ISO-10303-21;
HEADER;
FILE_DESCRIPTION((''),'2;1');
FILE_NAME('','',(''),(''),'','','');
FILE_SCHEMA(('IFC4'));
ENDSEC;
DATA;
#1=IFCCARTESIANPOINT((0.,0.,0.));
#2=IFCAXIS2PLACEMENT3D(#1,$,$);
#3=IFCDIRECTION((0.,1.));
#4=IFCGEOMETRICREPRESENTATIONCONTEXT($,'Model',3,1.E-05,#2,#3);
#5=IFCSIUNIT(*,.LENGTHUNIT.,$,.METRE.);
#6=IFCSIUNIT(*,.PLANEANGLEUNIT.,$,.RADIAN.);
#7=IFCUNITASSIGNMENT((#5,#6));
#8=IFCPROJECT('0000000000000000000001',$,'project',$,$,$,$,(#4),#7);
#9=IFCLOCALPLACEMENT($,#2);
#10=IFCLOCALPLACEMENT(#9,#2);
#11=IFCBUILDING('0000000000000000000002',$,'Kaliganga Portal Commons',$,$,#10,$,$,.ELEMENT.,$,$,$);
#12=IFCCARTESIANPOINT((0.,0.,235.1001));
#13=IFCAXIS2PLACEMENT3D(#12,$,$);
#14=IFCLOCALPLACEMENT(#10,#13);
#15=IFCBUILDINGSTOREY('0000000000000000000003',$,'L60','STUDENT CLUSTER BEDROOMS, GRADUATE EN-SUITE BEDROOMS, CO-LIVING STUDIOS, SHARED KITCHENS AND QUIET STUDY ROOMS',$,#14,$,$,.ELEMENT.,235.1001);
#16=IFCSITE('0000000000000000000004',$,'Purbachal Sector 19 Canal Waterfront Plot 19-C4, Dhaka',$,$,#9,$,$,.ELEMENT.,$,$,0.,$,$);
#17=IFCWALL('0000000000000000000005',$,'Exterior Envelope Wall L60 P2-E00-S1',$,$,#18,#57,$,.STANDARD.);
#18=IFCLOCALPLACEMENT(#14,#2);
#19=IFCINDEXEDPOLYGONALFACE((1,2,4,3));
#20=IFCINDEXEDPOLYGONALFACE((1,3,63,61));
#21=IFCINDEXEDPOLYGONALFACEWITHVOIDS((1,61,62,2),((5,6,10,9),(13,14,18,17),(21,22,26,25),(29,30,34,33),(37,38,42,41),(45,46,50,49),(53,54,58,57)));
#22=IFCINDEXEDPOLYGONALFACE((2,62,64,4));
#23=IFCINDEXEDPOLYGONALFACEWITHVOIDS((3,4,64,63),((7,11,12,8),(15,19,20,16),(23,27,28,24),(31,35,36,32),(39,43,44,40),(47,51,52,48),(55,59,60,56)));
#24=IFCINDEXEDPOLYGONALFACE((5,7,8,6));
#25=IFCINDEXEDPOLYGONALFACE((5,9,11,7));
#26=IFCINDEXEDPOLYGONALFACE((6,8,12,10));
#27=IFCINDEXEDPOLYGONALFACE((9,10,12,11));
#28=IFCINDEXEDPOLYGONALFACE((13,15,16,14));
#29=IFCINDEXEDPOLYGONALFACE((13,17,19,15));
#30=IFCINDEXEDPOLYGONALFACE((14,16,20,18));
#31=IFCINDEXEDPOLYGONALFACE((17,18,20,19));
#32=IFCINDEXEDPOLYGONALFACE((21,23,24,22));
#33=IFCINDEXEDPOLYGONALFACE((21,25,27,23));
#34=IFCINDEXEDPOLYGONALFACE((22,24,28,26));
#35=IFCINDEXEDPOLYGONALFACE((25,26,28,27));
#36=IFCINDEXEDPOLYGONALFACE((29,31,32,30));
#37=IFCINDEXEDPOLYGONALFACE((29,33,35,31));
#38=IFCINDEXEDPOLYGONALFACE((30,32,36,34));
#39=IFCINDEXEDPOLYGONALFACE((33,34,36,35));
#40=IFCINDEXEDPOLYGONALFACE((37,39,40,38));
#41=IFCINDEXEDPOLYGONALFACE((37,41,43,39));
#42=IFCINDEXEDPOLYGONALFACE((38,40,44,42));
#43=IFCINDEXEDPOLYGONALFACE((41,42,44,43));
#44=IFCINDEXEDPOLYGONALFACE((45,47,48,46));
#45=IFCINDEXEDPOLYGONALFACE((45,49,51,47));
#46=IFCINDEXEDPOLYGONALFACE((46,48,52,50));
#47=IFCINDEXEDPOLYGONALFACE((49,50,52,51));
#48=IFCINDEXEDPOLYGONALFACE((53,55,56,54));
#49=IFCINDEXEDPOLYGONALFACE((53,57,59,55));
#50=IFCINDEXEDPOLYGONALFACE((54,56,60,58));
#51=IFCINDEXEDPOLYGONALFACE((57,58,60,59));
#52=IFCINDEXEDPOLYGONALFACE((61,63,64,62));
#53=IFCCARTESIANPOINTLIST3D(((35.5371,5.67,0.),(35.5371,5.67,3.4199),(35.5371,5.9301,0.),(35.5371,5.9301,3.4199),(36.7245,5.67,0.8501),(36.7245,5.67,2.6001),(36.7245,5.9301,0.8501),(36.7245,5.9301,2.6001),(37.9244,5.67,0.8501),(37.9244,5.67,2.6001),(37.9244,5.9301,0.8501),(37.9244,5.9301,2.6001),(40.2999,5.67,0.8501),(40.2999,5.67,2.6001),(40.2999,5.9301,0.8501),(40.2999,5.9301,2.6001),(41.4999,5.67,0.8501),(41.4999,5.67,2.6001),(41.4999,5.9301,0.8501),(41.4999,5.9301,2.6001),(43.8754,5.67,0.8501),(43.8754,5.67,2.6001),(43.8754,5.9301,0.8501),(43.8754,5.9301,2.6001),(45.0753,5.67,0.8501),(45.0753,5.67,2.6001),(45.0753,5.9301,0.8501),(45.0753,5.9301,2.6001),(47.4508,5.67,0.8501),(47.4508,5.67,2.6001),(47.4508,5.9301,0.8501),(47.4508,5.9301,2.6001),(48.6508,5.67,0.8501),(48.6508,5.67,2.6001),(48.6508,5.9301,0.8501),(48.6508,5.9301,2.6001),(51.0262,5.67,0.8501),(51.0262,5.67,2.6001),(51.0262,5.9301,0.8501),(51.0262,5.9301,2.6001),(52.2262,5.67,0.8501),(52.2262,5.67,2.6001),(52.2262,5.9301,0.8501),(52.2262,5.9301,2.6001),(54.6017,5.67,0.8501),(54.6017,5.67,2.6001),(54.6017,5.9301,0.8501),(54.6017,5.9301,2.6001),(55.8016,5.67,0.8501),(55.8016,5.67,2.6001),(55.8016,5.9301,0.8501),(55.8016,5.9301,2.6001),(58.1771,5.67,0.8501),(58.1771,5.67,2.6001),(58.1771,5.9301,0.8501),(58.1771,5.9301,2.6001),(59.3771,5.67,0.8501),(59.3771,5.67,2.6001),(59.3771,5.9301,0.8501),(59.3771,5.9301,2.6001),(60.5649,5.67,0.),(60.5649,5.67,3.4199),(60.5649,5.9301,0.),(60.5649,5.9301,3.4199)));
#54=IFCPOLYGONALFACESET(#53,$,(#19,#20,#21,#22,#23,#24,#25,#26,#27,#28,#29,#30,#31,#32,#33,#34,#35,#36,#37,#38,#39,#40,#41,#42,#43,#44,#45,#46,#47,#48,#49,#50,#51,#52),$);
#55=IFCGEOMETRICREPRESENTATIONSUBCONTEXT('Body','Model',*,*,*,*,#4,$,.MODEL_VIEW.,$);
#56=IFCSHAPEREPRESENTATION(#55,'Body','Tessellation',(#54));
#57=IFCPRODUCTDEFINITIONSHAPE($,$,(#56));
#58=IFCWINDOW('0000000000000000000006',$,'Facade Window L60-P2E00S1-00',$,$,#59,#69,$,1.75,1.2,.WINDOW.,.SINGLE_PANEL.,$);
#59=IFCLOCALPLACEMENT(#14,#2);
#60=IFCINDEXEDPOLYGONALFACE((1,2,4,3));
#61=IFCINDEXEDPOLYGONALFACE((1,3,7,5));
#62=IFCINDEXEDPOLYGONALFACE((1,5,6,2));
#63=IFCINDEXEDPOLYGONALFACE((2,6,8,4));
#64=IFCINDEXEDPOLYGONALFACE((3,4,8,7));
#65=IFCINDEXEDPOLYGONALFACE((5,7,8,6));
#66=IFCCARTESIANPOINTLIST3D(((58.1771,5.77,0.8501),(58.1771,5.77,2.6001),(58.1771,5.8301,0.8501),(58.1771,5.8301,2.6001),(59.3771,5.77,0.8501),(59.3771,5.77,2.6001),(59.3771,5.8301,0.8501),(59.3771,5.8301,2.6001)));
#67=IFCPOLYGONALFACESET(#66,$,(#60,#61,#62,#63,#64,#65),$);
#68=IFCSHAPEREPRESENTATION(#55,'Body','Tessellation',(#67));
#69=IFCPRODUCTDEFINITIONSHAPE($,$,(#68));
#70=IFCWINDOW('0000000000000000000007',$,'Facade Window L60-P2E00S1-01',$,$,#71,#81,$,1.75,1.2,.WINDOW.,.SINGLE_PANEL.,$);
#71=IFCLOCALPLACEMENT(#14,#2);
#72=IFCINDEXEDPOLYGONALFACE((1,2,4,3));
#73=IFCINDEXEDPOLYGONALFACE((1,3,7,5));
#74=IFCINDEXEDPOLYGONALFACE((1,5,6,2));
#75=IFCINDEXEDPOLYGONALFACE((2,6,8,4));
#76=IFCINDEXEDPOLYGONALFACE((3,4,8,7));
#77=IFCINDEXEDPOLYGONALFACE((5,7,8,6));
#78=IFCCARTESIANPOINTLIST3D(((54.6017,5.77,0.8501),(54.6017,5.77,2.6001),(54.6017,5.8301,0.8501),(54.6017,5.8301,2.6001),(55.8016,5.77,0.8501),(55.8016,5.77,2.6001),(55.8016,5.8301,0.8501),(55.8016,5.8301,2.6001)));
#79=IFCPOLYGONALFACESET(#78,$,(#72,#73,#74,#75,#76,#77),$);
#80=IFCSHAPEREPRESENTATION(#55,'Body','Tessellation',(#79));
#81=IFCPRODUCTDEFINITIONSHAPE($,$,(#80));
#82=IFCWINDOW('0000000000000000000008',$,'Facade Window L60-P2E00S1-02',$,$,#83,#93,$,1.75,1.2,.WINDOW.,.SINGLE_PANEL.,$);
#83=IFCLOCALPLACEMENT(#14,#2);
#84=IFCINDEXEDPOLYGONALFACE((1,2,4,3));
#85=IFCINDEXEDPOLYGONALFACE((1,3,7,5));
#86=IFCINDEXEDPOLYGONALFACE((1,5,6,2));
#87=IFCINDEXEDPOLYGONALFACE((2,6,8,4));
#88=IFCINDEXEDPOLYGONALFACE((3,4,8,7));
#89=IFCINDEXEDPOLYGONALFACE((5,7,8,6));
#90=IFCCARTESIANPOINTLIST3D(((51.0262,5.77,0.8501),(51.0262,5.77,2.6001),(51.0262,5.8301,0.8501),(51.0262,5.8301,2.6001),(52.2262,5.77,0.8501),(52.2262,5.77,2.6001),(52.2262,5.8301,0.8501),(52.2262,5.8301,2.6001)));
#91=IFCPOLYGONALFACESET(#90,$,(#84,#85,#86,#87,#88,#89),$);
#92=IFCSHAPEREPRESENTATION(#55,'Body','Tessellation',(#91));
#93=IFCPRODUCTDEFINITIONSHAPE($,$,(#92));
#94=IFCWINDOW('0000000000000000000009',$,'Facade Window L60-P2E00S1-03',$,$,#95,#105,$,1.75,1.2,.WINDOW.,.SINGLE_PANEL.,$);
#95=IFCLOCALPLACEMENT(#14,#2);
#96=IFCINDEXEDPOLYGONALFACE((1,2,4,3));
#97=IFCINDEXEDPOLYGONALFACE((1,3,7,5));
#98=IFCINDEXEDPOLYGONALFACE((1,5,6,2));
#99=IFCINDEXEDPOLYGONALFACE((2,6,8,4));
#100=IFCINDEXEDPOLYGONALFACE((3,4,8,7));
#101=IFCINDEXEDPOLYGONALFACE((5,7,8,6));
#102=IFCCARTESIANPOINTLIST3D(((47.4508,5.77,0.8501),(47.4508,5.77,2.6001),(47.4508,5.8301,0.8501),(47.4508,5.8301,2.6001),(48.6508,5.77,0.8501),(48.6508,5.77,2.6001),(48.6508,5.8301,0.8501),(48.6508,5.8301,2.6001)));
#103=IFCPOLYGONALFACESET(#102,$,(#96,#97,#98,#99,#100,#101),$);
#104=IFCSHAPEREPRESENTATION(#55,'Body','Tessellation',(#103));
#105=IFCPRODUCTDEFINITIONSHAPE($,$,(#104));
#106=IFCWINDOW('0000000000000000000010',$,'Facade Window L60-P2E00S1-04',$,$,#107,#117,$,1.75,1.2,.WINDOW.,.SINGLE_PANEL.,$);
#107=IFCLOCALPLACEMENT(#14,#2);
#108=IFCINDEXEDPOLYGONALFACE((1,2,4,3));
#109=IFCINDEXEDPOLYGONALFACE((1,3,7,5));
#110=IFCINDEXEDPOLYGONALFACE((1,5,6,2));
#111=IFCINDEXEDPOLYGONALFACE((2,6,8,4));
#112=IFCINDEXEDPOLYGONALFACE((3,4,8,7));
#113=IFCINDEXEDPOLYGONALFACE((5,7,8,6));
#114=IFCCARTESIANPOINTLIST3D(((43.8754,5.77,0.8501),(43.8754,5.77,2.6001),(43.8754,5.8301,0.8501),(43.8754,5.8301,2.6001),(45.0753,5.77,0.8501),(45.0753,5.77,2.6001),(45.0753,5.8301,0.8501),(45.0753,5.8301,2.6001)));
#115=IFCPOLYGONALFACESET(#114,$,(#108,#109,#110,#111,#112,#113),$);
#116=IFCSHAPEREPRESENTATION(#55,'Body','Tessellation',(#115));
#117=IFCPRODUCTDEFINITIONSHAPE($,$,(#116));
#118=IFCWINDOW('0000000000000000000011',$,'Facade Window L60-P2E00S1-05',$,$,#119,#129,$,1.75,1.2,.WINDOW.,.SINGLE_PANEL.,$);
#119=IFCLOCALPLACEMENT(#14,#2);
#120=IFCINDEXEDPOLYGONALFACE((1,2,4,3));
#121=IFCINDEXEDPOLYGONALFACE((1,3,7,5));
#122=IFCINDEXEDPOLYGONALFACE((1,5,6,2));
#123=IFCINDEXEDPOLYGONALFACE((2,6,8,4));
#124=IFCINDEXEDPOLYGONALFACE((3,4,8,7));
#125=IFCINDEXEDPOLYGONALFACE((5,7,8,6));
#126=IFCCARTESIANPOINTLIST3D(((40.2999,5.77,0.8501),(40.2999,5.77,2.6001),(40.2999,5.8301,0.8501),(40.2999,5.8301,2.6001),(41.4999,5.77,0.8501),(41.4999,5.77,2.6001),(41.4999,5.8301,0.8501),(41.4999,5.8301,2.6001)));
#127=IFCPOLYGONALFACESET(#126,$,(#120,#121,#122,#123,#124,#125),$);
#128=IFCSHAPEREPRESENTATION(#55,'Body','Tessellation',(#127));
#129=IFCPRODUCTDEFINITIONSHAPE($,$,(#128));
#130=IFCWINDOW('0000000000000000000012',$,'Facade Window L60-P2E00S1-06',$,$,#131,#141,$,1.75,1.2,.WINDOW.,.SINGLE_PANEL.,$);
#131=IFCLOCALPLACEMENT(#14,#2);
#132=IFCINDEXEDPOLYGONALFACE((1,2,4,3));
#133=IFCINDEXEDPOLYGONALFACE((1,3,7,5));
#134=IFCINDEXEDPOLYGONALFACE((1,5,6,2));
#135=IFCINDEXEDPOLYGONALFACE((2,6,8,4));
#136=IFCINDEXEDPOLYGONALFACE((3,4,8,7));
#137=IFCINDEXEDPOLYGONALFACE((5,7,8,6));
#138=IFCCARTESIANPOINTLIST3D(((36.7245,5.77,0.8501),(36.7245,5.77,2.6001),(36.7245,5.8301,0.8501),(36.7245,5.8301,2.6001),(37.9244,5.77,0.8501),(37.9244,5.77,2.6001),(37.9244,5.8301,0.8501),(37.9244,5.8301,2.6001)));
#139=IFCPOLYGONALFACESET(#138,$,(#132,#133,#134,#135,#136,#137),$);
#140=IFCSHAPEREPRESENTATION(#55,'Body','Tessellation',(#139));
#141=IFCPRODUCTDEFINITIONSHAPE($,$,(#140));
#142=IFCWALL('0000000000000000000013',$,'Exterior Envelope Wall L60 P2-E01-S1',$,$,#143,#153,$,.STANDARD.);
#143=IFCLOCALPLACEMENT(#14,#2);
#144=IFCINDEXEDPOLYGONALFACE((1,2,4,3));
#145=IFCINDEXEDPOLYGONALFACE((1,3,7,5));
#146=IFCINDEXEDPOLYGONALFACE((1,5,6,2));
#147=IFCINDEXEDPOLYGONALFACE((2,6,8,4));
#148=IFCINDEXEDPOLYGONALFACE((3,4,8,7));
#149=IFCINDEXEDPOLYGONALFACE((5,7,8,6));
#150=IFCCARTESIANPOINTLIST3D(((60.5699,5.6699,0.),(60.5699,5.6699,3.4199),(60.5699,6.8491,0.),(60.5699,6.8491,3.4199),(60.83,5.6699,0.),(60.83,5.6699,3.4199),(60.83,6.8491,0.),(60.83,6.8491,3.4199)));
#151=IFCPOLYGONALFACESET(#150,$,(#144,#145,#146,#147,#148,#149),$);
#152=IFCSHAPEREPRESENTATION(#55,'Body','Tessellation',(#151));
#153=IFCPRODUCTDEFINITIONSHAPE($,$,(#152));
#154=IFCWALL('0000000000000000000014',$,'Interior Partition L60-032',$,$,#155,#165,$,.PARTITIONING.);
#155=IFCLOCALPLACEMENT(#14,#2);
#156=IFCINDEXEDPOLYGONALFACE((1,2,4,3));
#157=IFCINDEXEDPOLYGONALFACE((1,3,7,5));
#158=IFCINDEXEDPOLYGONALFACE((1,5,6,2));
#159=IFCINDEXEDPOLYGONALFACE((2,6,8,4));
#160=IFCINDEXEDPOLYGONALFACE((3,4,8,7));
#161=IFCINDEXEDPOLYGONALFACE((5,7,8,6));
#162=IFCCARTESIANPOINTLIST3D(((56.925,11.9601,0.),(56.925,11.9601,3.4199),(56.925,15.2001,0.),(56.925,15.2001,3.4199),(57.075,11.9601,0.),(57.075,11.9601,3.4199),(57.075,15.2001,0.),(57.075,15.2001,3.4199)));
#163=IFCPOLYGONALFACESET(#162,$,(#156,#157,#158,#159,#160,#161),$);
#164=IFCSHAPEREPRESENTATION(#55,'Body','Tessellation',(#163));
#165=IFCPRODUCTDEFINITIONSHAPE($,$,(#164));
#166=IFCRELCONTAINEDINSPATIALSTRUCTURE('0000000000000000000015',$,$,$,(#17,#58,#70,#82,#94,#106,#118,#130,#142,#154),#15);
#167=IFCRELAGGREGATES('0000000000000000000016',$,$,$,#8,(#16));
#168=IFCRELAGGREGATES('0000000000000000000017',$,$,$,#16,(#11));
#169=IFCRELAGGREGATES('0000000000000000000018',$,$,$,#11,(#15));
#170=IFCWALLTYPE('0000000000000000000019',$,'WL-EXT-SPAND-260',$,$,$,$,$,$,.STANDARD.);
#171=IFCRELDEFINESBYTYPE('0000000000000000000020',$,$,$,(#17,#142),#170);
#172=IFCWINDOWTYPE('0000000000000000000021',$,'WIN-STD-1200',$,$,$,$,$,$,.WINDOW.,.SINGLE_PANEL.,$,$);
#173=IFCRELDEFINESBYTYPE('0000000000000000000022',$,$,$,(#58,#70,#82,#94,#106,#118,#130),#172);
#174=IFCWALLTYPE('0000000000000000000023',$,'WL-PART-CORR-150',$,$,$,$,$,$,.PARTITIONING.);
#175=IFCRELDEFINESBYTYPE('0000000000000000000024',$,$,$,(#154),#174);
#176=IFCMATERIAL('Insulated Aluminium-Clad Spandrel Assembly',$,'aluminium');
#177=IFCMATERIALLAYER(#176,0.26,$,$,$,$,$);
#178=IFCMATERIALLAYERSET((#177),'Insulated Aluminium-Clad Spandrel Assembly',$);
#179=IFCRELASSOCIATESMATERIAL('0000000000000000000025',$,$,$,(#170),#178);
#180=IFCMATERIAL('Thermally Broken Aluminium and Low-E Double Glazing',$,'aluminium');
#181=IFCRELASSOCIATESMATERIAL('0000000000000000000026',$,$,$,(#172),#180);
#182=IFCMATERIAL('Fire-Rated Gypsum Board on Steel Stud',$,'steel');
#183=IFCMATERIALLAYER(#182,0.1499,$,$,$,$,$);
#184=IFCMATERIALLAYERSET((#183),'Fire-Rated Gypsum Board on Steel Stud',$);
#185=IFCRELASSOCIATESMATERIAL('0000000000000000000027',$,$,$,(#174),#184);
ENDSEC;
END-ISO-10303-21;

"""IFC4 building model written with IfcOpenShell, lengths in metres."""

from ifc_helpers import new_model, si_unit, direction, frame, frame_2d, origin, place, context, subcontext, project, spatial, rectangle, extrude, material, layer, layer_set, type_object, element, fill, save


model = new_model("IFC4")

# Units and contexts
model_context = context("Model", 3, precision=1e-05, world=origin(), true_north=direction((0.0, 1.0)))
body_context = subcontext(model_context, "Body", "Model", "MODEL_VIEW")
ifc_project = project(units=[si_unit("LENGTHUNIT", "METRE"), si_unit("PLANEANGLEUNIT", "RADIAN")], contexts=[model_context])

# Site, building, storey
site_placement = place(None, origin())
site = spatial("IfcSite", under=ifc_project, at=site_placement, Name="Purbachal Sector 19 Canal Waterfront Plot 19-C4, Dhaka", CompositionType="ELEMENT", RefElevation=0.0)
building_placement = place(site_placement, origin())
building = spatial("IfcBuilding", under=site, at=building_placement, Name="Kaliganga Portal Commons", CompositionType="ELEMENT")
storey_placement = place(building_placement, frame((0.0, 0.0, 235.1001)))
storey = spatial("IfcBuildingStorey", under=building, at=storey_placement, Name="L60", Description="STUDENT CLUSTER BEDROOMS, GRADUATE EN-SUITE BEDROOMS, CO-LIVING STUDIOS, SHARED KITCHENS AND QUIET STUDY ROOMS", CompositionType="ELEMENT", Elevation=235.1001)

# Wall, openings, windows
ifc_material_1 = material(Name="Insulated Aluminium-Clad Spandrel Assembly", Category="aluminium")
ifc_layer_1 = layer(ifc_material_1, 0.26)
ifc_layer_set_1 = layer_set([ifc_layer_1], Name="Insulated Aluminium-Clad Spandrel Assembly")
wall_type_1 = type_object("IfcWallType", Name="WL-EXT-SPAND-260", PredefinedType="STANDARD", material=ifc_layer_set_1)
wall_1_placement = place(storey_placement, frame((60.5649, 5.8, 0.0), z_axis=(0.0, 0.0, 1.0), x_axis=(-1.0, 0.0, 0.0)))
wall_1 = element("IfcWall", 1, at=wall_1_placement, inside=storey, type_object=wall_type_1, Name="Exterior Envelope Wall L60 P2-E00-S1", PredefinedType="STANDARD", context=body_context, shape_type="SweptSolid", body=[
    extrude(rectangle(XDim=25.0278, YDim=0.26, at=frame_2d((12.5139, 0.0))), origin(), (0.0, 0.0, 1.0), 3.4199),
])
opening_1_placement = place(wall_1_placement, frame((1.1877, 0.0, 0.8501)))
opening_1 = element("IfcOpeningElement", 2, at=opening_1_placement, cuts=wall_1, PredefinedType="OPENING", context=body_context, shape_type="SweptSolid", body=[
    extrude(rectangle(XDim=1.2, YDim=1.75, at=frame_2d((0.6001, 0.875))), frame((0.0, 0.1401, 0.0), z_axis=(0.0, -1.0, 0.0), x_axis=(1.0, 0.0, 0.0)), (0.0, 0.0, 1.0), 0.28),
])
opening_2_placement = place(wall_1_placement, frame((4.7632, 0.0, 0.8501)))
opening_2 = element("IfcOpeningElement", 3, at=opening_2_placement, cuts=wall_1, PredefinedType="OPENING", context=body_context, shape_type="SweptSolid", body=[
    extrude(rectangle(XDim=1.2, YDim=1.75, at=frame_2d((0.6001, 0.875))), frame((0.0, 0.1401, 0.0), z_axis=(0.0, -1.0, 0.0), x_axis=(1.0, 0.0, 0.0)), (0.0, 0.0, 1.0), 0.28),
])
opening_3_placement = place(wall_1_placement, frame((8.3386, 0.0, 0.8501)))
opening_3 = element("IfcOpeningElement", 4, at=opening_3_placement, cuts=wall_1, PredefinedType="OPENING", context=body_context, shape_type="SweptSolid", body=[
    extrude(rectangle(XDim=1.2, YDim=1.75, at=frame_2d((0.6001, 0.875))), frame((0.0, 0.1401, 0.0), z_axis=(0.0, -1.0, 0.0), x_axis=(1.0, 0.0, 0.0)), (0.0, 0.0, 1.0), 0.28),
])
opening_4_placement = place(wall_1_placement, frame((11.9141, 0.0, 0.8501)))
opening_4 = element("IfcOpeningElement", 5, at=opening_4_placement, cuts=wall_1, PredefinedType="OPENING", context=body_context, shape_type="SweptSolid", body=[
    extrude(rectangle(XDim=1.2, YDim=1.75, at=frame_2d((0.6001, 0.875))), frame((0.0, 0.1401, 0.0), z_axis=(0.0, -1.0, 0.0), x_axis=(1.0, 0.0, 0.0)), (0.0, 0.0, 1.0), 0.28),
])
opening_5_placement = place(wall_1_placement, frame((15.4895, 0.0, 0.8501)))
opening_5 = element("IfcOpeningElement", 6, at=opening_5_placement, cuts=wall_1, PredefinedType="OPENING", context=body_context, shape_type="SweptSolid", body=[
    extrude(rectangle(XDim=1.2, YDim=1.75, at=frame_2d((0.6001, 0.875))), frame((0.0, 0.1401, 0.0), z_axis=(0.0, -1.0, 0.0), x_axis=(1.0, 0.0, 0.0)), (0.0, 0.0, 1.0), 0.28),
])
opening_6_placement = place(wall_1_placement, frame((19.0649, 0.0, 0.8501)))
opening_6 = element("IfcOpeningElement", 7, at=opening_6_placement, cuts=wall_1, PredefinedType="OPENING", context=body_context, shape_type="SweptSolid", body=[
    extrude(rectangle(XDim=1.2, YDim=1.75, at=frame_2d((0.6001, 0.875))), frame((0.0, 0.1401, 0.0), z_axis=(0.0, -1.0, 0.0), x_axis=(1.0, 0.0, 0.0)), (0.0, 0.0, 1.0), 0.28),
])
opening_7_placement = place(wall_1_placement, frame((22.6404, 0.0, 0.8501)))
opening_7 = element("IfcOpeningElement", 8, at=opening_7_placement, cuts=wall_1, PredefinedType="OPENING", context=body_context, shape_type="SweptSolid", body=[
    extrude(rectangle(XDim=1.2, YDim=1.75, at=frame_2d((0.6001, 0.875))), frame((0.0, 0.1401, 0.0), z_axis=(0.0, -1.0, 0.0), x_axis=(1.0, 0.0, 0.0)), (0.0, 0.0, 1.0), 0.28),
])
ifc_material_2 = material(Name="Thermally Broken Aluminium and Low-E Double Glazing", Category="aluminium")
window_type = type_object("IfcWindowType", Name="WIN-STD-1200", PartitioningType="SINGLE_PANEL", PredefinedType="WINDOW", material=ifc_material_2)
window_1_placement = place(opening_1_placement, origin())
window_1 = element("IfcWindow", 9, at=window_1_placement, inside=storey, type_object=window_type, Name="Facade Window L60-P2E00S1-00", OverallHeight=1.75, OverallWidth=1.2, PartitioningType="SINGLE_PANEL", PredefinedType="WINDOW", context=body_context, shape_type="SweptSolid", body=[
    extrude(rectangle(XDim=1.2, YDim=1.75, at=frame_2d((0.6001, 0.875))), frame((0.0, 0.03, 0.0), z_axis=(0.0, -1.0, 0.0), x_axis=(1.0, 0.0, 0.0)), (0.0, 0.0, 1.0), 0.0601),
])
fill(opening_1, window_1)
window_2_placement = place(opening_2_placement, origin())
window_2 = element("IfcWindow", 10, at=window_2_placement, inside=storey, type_object=window_type, Name="Facade Window L60-P2E00S1-01", OverallHeight=1.75, OverallWidth=1.2, PartitioningType="SINGLE_PANEL", PredefinedType="WINDOW", context=body_context, shape_type="SweptSolid", body=[
    extrude(rectangle(XDim=1.2, YDim=1.75, at=frame_2d((0.6001, 0.875))), frame((0.0, 0.03, 0.0), z_axis=(0.0, -1.0, 0.0), x_axis=(1.0, 0.0, 0.0)), (0.0, 0.0, 1.0), 0.0601),
])
fill(opening_2, window_2)
window_3_placement = place(opening_3_placement, origin())
window_3 = element("IfcWindow", 11, at=window_3_placement, inside=storey, type_object=window_type, Name="Facade Window L60-P2E00S1-02", OverallHeight=1.75, OverallWidth=1.2, PartitioningType="SINGLE_PANEL", PredefinedType="WINDOW", context=body_context, shape_type="SweptSolid", body=[
    extrude(rectangle(XDim=1.2, YDim=1.75, at=frame_2d((0.6001, 0.875))), frame((0.0, 0.03, 0.0), z_axis=(0.0, -1.0, 0.0), x_axis=(1.0, 0.0, 0.0)), (0.0, 0.0, 1.0), 0.0601),
])
fill(opening_3, window_3)
window_4_placement = place(opening_4_placement, origin())
window_4 = element("IfcWindow", 12, at=window_4_placement, inside=storey, type_object=window_type, Name="Facade Window L60-P2E00S1-03", OverallHeight=1.75, OverallWidth=1.2, PartitioningType="SINGLE_PANEL", PredefinedType="WINDOW", context=body_context, shape_type="SweptSolid", body=[
    extrude(rectangle(XDim=1.2, YDim=1.75, at=frame_2d((0.6001, 0.875))), frame((0.0, 0.03, 0.0), z_axis=(0.0, -1.0, 0.0), x_axis=(1.0, 0.0, 0.0)), (0.0, 0.0, 1.0), 0.0601),
])
fill(opening_4, window_4)
window_5_placement = place(opening_5_placement, origin())
window_5 = element("IfcWindow", 13, at=window_5_placement, inside=storey, type_object=window_type, Name="Facade Window L60-P2E00S1-04", OverallHeight=1.75, OverallWidth=1.2, PartitioningType="SINGLE_PANEL", PredefinedType="WINDOW", context=body_context, shape_type="SweptSolid", body=[
    extrude(rectangle(XDim=1.2, YDim=1.75, at=frame_2d((0.6001, 0.875))), frame((0.0, 0.03, 0.0), z_axis=(0.0, -1.0, 0.0), x_axis=(1.0, 0.0, 0.0)), (0.0, 0.0, 1.0), 0.0601),
])
fill(opening_5, window_5)
window_6_placement = place(opening_6_placement, origin())
window_6 = element("IfcWindow", 14, at=window_6_placement, inside=storey, type_object=window_type, Name="Facade Window L60-P2E00S1-05", OverallHeight=1.75, OverallWidth=1.2, PartitioningType="SINGLE_PANEL", PredefinedType="WINDOW", context=body_context, shape_type="SweptSolid", body=[
    extrude(rectangle(XDim=1.2, YDim=1.75, at=frame_2d((0.6001, 0.875))), frame((0.0, 0.03, 0.0), z_axis=(0.0, -1.0, 0.0), x_axis=(1.0, 0.0, 0.0)), (0.0, 0.0, 1.0), 0.0601),
])
fill(opening_6, window_6)
window_7_placement = place(opening_7_placement, origin())
window_7 = element("IfcWindow", 15, at=window_7_placement, inside=storey, type_object=window_type, Name="Facade Window L60-P2E00S1-06", OverallHeight=1.75, OverallWidth=1.2, PartitioningType="SINGLE_PANEL", PredefinedType="WINDOW", context=body_context, shape_type="SweptSolid", body=[
    extrude(rectangle(XDim=1.2, YDim=1.75, at=frame_2d((0.6001, 0.875))), frame((0.0, 0.03, 0.0), z_axis=(0.0, -1.0, 0.0), x_axis=(1.0, 0.0, 0.0)), (0.0, 0.0, 1.0), 0.0601),
])
fill(opening_7, window_7)

# Walls
wall_2_placement = place(storey_placement, frame((60.7, 6.8491, 0.0), z_axis=(0.0, 0.0, 1.0), x_axis=(0.0, -1.0, 0.0)))
element("IfcWall", 16, at=wall_2_placement, inside=storey, type_object=wall_type_1, Name="Exterior Envelope Wall L60 P2-E01-S1", PredefinedType="STANDARD", context=body_context, shape_type="SweptSolid", body=[
    extrude(rectangle(XDim=1.1792, YDim=0.26, at=frame_2d((0.5896, 0.0))), origin(), (0.0, 0.0, 1.0), 3.4199),
])
ifc_material_3 = material(Name="Fire-Rated Gypsum Board on Steel Stud", Category="steel")
ifc_layer_2 = layer(ifc_material_3, 0.1499)
ifc_layer_set_2 = layer_set([ifc_layer_2], Name="Fire-Rated Gypsum Board on Steel Stud")
wall_type_2 = type_object("IfcWallType", Name="WL-PART-CORR-150", PredefinedType="PARTITIONING", material=ifc_layer_set_2)
wall_3_placement = place(storey_placement, frame((57.0, 11.96, 0.0), z_axis=(0.0, 0.0, 1.0), x_axis=(0.0, 1.0, 0.0)))
element("IfcWall", 17, at=wall_3_placement, inside=storey, type_object=wall_type_2, Name="Interior Partition L60-032", PredefinedType="PARTITIONING", context=body_context, shape_type="SweptSolid", body=[
    extrude(rectangle(XDim=3.24, YDim=0.1499, at=frame_2d((1.6201, 0.0))), origin(), (0.0, 0.0, 1.0), 3.4199),
])

save(model, "model.ifc")
